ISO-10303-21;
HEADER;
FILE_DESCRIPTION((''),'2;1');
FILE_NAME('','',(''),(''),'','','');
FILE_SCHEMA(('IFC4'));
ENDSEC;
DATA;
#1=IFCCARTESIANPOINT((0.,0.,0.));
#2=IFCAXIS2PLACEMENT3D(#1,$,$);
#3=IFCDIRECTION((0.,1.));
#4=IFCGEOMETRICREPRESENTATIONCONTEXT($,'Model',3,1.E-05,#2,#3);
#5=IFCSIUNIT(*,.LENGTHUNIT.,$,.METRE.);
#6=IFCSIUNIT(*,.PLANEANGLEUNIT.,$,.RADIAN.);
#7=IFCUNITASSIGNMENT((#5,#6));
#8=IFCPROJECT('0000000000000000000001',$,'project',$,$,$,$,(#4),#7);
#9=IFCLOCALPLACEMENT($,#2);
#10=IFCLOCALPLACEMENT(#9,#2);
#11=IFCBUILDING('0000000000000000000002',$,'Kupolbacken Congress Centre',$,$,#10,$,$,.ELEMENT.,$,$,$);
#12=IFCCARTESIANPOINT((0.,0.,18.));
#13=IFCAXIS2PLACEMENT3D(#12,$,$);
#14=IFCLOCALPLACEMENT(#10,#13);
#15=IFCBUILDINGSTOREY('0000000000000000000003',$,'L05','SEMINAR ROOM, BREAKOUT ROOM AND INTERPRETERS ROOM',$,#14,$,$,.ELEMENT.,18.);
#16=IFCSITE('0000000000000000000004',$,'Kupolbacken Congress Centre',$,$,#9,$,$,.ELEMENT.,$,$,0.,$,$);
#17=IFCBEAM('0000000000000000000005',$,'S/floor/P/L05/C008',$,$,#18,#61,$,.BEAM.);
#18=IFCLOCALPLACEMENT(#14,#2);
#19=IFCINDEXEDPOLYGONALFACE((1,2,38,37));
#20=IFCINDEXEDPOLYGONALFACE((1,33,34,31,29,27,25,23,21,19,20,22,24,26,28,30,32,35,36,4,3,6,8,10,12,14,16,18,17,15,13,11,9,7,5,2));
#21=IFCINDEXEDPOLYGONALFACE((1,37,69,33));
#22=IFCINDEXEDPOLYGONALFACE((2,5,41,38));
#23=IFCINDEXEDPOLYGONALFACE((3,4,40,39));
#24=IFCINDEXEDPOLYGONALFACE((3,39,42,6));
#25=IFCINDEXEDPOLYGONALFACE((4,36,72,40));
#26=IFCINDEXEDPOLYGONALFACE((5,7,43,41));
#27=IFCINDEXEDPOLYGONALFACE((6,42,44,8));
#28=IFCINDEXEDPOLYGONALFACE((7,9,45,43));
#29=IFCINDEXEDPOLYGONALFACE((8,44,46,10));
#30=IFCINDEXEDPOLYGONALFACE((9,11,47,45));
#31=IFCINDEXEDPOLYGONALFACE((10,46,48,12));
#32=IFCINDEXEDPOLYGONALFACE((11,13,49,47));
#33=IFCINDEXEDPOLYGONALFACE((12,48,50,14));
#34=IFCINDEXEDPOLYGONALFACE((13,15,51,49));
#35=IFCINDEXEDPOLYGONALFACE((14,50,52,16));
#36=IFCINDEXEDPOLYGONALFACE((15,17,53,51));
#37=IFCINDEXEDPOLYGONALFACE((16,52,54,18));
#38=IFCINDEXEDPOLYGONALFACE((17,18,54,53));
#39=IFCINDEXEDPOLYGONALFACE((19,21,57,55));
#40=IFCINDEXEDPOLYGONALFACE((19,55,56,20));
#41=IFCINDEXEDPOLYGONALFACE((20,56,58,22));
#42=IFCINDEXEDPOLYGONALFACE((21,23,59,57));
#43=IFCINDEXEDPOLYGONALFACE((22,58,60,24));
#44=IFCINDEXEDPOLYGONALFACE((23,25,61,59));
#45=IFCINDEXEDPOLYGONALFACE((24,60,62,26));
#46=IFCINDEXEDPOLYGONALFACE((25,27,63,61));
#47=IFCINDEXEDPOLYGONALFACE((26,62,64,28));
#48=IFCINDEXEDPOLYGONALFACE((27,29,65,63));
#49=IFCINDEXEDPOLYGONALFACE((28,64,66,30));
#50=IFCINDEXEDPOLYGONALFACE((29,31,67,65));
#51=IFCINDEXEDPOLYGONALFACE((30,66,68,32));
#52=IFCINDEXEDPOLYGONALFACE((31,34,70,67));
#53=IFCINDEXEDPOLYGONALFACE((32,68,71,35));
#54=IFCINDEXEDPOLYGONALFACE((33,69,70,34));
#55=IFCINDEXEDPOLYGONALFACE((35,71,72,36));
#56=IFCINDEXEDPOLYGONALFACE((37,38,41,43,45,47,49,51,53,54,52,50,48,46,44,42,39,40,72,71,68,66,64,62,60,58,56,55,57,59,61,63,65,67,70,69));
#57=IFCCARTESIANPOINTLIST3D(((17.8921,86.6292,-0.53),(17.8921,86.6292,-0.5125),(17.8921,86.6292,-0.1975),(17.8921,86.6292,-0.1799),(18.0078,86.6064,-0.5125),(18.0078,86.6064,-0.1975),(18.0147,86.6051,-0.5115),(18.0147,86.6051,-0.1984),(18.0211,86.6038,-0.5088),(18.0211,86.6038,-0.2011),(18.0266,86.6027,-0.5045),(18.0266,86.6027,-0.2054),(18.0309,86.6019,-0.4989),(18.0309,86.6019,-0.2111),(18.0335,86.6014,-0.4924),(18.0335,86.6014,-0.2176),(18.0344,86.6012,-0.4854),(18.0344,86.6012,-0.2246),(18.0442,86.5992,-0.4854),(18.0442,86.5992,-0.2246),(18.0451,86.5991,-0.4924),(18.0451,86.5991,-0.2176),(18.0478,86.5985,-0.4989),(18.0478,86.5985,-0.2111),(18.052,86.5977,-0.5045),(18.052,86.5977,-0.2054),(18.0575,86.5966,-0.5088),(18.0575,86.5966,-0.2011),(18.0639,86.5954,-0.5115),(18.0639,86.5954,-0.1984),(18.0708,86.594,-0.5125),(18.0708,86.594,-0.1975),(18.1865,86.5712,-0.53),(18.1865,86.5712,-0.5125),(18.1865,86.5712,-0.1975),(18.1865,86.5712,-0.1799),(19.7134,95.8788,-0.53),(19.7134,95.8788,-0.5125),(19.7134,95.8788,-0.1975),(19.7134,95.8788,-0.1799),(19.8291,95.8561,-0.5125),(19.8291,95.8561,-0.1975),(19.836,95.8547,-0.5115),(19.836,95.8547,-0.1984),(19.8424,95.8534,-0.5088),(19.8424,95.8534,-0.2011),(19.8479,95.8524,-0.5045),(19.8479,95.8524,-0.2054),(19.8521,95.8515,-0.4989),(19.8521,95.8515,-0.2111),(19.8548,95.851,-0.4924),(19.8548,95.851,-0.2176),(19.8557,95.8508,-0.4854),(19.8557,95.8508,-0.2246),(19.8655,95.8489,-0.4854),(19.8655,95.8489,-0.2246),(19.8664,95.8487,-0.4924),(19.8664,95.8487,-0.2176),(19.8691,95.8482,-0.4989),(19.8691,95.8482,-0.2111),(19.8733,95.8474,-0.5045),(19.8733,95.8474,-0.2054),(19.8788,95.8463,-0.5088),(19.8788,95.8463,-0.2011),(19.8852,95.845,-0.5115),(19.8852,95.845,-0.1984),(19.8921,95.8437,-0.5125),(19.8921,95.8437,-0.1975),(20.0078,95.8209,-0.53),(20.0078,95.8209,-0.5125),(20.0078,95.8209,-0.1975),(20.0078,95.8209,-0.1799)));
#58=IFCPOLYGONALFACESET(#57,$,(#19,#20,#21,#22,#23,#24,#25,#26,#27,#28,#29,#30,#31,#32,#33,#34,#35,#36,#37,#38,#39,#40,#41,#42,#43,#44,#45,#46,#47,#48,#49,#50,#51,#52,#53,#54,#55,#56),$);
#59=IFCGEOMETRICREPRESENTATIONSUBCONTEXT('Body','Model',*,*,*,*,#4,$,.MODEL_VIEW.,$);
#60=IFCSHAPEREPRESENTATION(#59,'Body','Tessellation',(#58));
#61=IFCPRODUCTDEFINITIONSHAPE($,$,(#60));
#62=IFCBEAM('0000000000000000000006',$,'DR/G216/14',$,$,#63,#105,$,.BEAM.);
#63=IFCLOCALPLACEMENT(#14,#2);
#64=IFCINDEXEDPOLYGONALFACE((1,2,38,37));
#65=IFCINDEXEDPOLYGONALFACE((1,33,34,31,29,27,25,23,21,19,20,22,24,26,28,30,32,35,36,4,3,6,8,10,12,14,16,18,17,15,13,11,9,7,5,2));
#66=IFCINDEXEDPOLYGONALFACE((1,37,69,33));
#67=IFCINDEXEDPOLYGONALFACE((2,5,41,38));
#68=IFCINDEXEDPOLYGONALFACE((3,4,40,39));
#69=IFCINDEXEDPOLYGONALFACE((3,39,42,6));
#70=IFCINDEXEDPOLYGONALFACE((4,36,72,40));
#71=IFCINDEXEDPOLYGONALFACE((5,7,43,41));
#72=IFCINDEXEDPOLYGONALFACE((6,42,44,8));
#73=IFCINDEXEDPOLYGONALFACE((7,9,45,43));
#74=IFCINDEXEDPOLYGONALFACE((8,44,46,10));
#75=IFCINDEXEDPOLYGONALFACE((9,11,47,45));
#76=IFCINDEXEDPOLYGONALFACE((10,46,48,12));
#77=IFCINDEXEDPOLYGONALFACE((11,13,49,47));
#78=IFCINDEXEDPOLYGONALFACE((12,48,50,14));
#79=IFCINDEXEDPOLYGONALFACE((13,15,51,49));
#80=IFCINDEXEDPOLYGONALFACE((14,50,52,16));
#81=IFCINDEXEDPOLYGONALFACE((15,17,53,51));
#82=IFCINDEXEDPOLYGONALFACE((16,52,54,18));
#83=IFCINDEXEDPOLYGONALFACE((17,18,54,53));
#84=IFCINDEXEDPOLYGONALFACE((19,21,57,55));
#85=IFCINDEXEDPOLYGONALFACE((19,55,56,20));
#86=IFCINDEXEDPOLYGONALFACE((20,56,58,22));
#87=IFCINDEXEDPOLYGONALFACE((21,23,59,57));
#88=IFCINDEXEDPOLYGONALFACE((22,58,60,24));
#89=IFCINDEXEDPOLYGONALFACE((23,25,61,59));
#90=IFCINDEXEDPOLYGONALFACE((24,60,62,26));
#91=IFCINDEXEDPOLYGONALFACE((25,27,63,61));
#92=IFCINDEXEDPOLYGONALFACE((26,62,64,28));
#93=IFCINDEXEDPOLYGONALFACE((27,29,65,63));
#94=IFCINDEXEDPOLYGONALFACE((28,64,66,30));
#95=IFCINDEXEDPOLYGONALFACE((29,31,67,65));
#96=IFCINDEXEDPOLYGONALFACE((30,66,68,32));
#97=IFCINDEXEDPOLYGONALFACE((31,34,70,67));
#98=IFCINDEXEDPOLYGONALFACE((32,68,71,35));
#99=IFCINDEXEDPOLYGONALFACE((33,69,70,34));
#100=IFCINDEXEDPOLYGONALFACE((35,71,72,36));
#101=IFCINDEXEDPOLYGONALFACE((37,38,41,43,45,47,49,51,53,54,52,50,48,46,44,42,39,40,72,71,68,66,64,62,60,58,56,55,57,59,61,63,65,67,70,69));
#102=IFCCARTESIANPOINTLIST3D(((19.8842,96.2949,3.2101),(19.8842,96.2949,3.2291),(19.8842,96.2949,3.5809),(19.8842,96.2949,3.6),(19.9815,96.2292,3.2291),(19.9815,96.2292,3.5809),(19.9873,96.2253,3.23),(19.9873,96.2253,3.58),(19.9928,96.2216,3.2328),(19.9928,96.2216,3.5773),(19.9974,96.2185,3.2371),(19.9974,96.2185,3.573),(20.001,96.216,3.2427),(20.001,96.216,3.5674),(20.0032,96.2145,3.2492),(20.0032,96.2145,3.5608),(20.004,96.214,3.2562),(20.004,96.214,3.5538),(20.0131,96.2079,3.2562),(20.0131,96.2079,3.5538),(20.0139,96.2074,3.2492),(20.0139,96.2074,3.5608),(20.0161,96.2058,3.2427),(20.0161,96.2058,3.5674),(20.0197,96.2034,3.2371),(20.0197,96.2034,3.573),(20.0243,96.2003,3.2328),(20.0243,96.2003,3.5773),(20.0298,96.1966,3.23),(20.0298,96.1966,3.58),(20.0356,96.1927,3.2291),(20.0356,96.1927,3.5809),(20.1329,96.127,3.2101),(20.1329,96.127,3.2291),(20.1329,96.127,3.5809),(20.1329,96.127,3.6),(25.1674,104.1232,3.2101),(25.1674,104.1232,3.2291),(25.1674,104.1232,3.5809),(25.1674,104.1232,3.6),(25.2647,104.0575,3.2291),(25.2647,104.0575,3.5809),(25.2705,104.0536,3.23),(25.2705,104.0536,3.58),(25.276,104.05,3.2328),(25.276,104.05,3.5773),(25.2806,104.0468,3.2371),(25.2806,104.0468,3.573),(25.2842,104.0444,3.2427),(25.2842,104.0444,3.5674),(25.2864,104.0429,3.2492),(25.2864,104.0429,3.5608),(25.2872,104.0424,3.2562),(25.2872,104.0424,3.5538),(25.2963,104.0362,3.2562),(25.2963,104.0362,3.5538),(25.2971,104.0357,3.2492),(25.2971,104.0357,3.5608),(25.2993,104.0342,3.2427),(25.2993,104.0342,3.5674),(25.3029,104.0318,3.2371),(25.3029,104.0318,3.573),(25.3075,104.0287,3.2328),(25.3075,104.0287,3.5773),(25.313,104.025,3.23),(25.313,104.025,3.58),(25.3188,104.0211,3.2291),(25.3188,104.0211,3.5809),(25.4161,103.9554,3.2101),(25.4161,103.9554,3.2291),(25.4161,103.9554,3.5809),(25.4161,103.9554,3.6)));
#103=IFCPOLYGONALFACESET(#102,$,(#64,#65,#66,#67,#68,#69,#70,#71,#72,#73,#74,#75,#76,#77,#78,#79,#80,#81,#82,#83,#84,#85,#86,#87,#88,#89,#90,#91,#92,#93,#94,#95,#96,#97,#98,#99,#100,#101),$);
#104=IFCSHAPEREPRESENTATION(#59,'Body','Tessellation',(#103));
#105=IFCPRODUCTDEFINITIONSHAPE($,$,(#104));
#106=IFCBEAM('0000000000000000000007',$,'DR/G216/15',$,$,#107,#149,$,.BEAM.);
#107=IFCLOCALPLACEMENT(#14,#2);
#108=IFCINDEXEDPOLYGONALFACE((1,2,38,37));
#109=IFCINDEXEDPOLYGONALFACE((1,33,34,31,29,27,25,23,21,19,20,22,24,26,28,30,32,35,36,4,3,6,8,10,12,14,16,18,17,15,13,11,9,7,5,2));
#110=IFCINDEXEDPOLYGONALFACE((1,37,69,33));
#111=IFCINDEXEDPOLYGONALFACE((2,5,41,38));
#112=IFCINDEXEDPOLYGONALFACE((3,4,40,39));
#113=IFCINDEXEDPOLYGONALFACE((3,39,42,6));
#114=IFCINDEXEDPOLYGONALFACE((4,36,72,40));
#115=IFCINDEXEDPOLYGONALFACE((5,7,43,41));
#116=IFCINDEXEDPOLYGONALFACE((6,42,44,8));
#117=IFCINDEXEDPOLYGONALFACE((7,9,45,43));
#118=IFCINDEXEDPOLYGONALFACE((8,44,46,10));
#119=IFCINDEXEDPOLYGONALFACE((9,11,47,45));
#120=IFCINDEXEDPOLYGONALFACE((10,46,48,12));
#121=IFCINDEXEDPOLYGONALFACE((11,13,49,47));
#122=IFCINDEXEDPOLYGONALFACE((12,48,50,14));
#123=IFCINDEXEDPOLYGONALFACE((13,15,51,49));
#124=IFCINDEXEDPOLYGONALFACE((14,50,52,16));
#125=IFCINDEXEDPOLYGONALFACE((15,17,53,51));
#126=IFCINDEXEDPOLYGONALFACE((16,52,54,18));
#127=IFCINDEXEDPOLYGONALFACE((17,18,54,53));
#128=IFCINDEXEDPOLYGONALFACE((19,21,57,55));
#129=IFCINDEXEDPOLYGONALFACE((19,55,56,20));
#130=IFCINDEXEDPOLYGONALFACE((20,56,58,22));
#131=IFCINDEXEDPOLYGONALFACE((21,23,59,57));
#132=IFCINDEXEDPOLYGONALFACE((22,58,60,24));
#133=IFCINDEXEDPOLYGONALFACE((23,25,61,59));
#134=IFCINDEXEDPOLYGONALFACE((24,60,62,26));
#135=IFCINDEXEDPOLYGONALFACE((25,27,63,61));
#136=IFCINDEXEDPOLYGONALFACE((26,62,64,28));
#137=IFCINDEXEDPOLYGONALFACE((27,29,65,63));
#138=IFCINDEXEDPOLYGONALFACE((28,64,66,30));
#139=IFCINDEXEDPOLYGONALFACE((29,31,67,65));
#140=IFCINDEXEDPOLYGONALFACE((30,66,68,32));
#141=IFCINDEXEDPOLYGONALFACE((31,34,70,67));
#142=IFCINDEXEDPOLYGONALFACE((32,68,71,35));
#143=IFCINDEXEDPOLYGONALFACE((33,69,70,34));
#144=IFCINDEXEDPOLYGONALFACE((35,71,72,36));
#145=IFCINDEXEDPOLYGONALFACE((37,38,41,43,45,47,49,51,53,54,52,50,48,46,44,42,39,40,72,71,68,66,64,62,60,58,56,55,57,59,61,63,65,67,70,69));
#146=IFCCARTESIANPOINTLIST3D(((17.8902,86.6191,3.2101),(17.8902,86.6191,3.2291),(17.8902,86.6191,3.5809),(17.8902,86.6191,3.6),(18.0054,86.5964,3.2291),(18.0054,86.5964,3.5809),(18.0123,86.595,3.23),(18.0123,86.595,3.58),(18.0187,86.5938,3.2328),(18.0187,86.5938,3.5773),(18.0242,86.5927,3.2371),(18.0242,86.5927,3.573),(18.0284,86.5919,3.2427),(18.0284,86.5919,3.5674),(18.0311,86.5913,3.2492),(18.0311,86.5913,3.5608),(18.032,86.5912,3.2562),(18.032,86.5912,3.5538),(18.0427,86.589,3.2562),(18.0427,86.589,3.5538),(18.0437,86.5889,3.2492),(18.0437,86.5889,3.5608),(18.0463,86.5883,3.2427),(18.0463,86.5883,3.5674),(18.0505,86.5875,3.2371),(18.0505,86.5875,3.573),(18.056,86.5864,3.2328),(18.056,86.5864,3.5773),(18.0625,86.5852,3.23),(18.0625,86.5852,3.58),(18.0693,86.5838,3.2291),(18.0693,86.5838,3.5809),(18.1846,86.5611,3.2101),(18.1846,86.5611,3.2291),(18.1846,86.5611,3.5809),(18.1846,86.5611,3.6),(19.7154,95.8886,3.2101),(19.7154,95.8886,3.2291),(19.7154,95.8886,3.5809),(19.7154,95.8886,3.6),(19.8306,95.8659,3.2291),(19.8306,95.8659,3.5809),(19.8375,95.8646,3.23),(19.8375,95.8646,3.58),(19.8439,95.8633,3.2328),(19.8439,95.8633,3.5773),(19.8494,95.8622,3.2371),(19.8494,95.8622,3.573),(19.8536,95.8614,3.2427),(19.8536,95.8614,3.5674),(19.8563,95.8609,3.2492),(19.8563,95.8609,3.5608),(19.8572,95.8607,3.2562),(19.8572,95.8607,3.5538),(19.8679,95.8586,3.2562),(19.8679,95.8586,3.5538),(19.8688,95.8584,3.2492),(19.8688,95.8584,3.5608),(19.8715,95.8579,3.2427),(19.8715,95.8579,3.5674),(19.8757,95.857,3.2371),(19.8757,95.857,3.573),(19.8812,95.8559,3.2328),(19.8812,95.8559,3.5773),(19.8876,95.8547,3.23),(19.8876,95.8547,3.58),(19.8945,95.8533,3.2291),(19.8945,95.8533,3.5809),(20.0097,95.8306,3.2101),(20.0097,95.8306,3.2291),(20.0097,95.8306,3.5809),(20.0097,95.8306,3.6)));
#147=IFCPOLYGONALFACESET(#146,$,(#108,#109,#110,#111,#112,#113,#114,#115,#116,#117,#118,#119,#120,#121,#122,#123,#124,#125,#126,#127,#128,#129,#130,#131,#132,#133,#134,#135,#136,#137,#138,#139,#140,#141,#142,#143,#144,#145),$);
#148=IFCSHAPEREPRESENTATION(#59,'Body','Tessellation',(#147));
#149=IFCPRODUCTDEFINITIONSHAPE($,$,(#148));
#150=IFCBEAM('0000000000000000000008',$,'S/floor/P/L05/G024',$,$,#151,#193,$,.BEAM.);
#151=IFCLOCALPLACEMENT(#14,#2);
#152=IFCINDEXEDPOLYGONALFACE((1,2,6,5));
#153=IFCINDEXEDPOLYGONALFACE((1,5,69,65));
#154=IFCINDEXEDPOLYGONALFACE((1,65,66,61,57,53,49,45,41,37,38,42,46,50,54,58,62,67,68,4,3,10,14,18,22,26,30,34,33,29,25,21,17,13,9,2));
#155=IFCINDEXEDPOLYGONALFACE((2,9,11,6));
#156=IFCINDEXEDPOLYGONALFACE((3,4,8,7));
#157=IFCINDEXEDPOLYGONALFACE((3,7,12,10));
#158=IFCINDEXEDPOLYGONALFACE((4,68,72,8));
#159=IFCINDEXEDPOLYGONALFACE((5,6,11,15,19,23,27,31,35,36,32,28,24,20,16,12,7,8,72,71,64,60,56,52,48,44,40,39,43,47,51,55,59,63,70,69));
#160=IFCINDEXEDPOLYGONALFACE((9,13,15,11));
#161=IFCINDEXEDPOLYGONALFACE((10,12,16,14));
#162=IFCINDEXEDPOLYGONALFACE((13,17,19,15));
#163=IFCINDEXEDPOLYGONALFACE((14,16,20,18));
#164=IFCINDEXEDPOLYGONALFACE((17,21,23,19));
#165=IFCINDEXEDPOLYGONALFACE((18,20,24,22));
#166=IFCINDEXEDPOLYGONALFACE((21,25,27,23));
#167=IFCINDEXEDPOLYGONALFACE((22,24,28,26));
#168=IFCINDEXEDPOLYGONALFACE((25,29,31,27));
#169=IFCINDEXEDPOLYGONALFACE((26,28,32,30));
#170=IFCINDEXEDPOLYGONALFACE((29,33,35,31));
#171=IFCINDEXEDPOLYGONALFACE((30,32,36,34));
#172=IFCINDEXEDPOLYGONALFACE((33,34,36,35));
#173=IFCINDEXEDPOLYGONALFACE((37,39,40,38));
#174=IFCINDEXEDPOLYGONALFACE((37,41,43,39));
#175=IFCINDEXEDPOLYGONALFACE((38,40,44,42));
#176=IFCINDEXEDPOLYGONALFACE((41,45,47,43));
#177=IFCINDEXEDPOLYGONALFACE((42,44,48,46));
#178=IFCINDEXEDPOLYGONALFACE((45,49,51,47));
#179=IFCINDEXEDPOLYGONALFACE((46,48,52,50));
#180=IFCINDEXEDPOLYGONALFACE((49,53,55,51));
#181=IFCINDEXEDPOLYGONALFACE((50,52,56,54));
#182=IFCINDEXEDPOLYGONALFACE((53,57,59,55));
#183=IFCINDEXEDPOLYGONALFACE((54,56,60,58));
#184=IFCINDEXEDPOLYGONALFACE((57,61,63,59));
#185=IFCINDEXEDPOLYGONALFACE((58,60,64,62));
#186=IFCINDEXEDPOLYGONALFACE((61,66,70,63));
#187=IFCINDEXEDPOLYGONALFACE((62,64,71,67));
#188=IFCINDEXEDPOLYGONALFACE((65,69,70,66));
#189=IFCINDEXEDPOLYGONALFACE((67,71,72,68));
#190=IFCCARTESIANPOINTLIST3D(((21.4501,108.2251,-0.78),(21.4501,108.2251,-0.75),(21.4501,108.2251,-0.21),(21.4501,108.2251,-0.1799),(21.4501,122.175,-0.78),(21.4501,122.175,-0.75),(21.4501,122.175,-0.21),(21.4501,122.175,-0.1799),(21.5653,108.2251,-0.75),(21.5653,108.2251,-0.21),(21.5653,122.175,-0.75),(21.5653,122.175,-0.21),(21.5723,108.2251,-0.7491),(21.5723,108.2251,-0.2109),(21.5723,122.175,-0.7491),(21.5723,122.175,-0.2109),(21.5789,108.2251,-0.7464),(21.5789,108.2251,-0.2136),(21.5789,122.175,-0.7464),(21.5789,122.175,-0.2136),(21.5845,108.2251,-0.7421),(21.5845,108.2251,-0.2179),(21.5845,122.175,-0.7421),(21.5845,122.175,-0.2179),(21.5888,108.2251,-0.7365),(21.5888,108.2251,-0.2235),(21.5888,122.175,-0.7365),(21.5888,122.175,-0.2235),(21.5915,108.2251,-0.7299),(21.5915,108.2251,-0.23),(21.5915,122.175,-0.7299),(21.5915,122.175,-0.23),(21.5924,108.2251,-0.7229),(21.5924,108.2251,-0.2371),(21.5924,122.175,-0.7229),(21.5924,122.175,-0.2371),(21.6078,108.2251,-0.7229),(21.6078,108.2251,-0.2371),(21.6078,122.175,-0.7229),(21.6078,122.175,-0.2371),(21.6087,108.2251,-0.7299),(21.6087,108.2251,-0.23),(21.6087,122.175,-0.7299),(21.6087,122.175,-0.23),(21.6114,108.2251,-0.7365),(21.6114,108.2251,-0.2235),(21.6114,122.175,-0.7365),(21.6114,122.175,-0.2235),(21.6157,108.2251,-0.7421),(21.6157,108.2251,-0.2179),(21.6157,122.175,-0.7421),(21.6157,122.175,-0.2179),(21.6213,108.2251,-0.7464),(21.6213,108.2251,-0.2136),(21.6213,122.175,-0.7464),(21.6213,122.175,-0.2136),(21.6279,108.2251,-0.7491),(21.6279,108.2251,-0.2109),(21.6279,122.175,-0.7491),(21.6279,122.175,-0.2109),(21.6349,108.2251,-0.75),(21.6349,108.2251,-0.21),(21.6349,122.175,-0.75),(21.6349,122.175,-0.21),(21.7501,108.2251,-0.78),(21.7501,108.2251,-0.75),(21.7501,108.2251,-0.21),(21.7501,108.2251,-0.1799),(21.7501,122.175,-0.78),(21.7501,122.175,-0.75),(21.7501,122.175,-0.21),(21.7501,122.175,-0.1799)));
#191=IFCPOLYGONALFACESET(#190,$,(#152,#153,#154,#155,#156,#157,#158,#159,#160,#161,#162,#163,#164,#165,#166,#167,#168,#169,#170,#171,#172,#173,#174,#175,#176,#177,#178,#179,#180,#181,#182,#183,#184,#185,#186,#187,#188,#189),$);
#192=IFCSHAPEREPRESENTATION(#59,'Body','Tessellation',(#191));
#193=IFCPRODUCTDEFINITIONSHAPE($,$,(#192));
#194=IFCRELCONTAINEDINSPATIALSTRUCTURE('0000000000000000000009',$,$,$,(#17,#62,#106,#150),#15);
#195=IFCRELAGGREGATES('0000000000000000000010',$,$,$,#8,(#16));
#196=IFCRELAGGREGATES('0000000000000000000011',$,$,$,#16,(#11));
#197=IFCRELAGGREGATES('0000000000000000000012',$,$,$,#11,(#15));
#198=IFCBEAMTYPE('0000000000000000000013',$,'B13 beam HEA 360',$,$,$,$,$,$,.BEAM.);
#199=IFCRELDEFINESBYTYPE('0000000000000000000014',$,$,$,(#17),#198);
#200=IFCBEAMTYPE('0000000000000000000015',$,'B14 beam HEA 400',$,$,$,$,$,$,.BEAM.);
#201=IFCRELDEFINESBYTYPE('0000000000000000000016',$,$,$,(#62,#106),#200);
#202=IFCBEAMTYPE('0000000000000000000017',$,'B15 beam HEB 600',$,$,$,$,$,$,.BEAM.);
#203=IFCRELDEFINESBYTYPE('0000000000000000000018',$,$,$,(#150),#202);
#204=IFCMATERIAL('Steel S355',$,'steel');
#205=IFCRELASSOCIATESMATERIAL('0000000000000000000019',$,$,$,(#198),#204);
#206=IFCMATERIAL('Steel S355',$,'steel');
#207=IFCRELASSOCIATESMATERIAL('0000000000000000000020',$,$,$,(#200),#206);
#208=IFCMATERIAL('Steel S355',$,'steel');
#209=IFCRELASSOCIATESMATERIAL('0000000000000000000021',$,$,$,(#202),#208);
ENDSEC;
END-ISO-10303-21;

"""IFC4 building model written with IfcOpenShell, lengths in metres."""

from ifc_helpers import new_model, si_unit, direction, frame, origin, origin_2d, place, context, subcontext, project, spatial, i_section, extrude, material, material_profile, profile_set, type_object, element, save


model = new_model("IFC4")

# Units and contexts
model_context = context("Model", 3, precision=1e-05, world=origin(), true_north=direction((0.0, 1.0)))
body_context = subcontext(model_context, "Body", "Model", "MODEL_VIEW")
ifc_project = project(units=[si_unit("LENGTHUNIT", "METRE"), si_unit("PLANEANGLEUNIT", "RADIAN")], contexts=[model_context])

# Site, building, storey
site_placement = place(None, origin())
site = spatial("IfcSite", under=ifc_project, at=site_placement, Name="Kupolbacken Congress Centre", CompositionType="ELEMENT", RefElevation=0.0)
building_placement = place(site_placement, origin())
building = spatial("IfcBuilding", under=site, at=building_placement, Name="Kupolbacken Congress Centre", CompositionType="ELEMENT")
storey_placement = place(building_placement, frame((0.0, 0.0, 18.0)))
storey = spatial("IfcBuildingStorey", under=building, at=storey_placement, Name="L05", Description="SEMINAR ROOM, BREAKOUT ROOM AND INTERPRETERS ROOM", CompositionType="ELEMENT", Elevation=18.0)

# Beams
ifc_material_1 = material(Name="Steel S355", Category="steel")
ifc_material_profile_1 = material_profile(ifc_material_1, i_section(OverallWidth=0.3, OverallDepth=0.3501, WebThickness=0.01, FlangeThickness=0.0176, FilletRadius=0.0271, at=origin_2d()), Name="HEA 360")
ifc_profile_set_1 = profile_set([ifc_material_profile_1], Name="Steel S355")
beam_type_1 = type_object("IfcBeamType", Name="B13 beam HEA 360", PredefinedType="BEAM", material=ifc_profile_set_1)
beam_1_placement = place(storey_placement, frame((19.8606, 95.8499, -0.355), z_axis=(-0.193192, -0.981161, 0.0), x_axis=(0.981161, -0.193192, 0.0)))
element("IfcBeam", 1, at=beam_1_placement, inside=storey, type_object=beam_type_1, Name="S/floor/P/L05/C008", PredefinedType="BEAM", context=body_context, shape_type="SweptSolid", body=[
    extrude(i_section(OverallWidth=0.3, OverallDepth=0.3501, WebThickness=0.01, FlangeThickness=0.0176, FilletRadius=0.0271, at=origin_2d()), origin(), (0.0, 0.0, 1.0), 9.4272),
])
ifc_material_2 = material(Name="Steel S355", Category="steel")
ifc_material_profile_2 = material_profile(ifc_material_2, i_section(OverallWidth=0.3, OverallDepth=0.3899, WebThickness=0.011, FlangeThickness=0.019, FilletRadius=0.0271, at=origin_2d()), Name="HEA 400")
ifc_profile_set_2 = profile_set([ifc_material_profile_2], Name="Steel S355")
beam_type_2 = type_object("IfcBeamType", Name="B14 beam HEA 400", PredefinedType="BEAM", material=ifc_profile_set_2)
beam_2_placement = place(storey_placement, frame((25.2917, 104.0393, 3.405), z_axis=(-0.559404, -0.828895, 0.0), x_axis=(0.828895, -0.559404, 0.0)))
element("IfcBeam", 2, at=beam_2_placement, inside=storey, type_object=beam_type_2, Name="DR/G216/14", PredefinedType="BEAM", context=body_context, shape_type="SweptSolid", body=[
    extrude(i_section(OverallWidth=0.3, OverallDepth=0.3899, WebThickness=0.011, FlangeThickness=0.019, FilletRadius=0.0271, at=origin_2d()), origin(), (0.0, 0.0, 1.0), 9.4443),
])
beam_3_placement = place(storey_placement, frame((19.8625, 95.8596, 3.405), z_axis=(-0.193193, -0.981161, 0.0), x_axis=(0.981161, -0.193193, 0.0)))
element("IfcBeam", 3, at=beam_3_placement, inside=storey, type_object=beam_type_2, Name="DR/G216/15", PredefinedType="BEAM", context=body_context, shape_type="SweptSolid", body=[
    extrude(i_section(OverallWidth=0.3, OverallDepth=0.3899, WebThickness=0.011, FlangeThickness=0.019, FilletRadius=0.0271, at=origin_2d()), origin(), (0.0, 0.0, 1.0), 9.4475),
])
ifc_material_3 = material(Name="Steel S355", Category="steel")
ifc_material_profile_3 = material_profile(ifc_material_3, i_section(OverallWidth=0.3, OverallDepth=0.6001, WebThickness=0.0154, FlangeThickness=0.03, FilletRadius=0.0271, at=origin_2d()), Name="HEB 600")
ifc_profile_set_3 = profile_set([ifc_material_profile_3], Name="Steel S355")
beam_type_3 = type_object("IfcBeamType", Name="B15 beam HEB 600", PredefinedType="BEAM", material=ifc_profile_set_3)
beam_4_placement = place(storey_placement, frame((21.6001, 108.2251, -0.48), z_axis=(0.0, 1.0, 0.0), x_axis=(-1.0, 0.0, 0.0)))
element("IfcBeam", 4, at=beam_4_placement, inside=storey, type_object=beam_type_3, Name="S/floor/P/L05/G024", PredefinedType="BEAM", context=body_context, shape_type="SweptSolid", body=[
    extrude(i_section(OverallWidth=0.3, OverallDepth=0.6001, WebThickness=0.0154, FlangeThickness=0.03, FilletRadius=0.0271, at=origin_2d()), origin(), (0.0, 0.0, 1.0), 13.95),
])

save(model, "model.ifc")
